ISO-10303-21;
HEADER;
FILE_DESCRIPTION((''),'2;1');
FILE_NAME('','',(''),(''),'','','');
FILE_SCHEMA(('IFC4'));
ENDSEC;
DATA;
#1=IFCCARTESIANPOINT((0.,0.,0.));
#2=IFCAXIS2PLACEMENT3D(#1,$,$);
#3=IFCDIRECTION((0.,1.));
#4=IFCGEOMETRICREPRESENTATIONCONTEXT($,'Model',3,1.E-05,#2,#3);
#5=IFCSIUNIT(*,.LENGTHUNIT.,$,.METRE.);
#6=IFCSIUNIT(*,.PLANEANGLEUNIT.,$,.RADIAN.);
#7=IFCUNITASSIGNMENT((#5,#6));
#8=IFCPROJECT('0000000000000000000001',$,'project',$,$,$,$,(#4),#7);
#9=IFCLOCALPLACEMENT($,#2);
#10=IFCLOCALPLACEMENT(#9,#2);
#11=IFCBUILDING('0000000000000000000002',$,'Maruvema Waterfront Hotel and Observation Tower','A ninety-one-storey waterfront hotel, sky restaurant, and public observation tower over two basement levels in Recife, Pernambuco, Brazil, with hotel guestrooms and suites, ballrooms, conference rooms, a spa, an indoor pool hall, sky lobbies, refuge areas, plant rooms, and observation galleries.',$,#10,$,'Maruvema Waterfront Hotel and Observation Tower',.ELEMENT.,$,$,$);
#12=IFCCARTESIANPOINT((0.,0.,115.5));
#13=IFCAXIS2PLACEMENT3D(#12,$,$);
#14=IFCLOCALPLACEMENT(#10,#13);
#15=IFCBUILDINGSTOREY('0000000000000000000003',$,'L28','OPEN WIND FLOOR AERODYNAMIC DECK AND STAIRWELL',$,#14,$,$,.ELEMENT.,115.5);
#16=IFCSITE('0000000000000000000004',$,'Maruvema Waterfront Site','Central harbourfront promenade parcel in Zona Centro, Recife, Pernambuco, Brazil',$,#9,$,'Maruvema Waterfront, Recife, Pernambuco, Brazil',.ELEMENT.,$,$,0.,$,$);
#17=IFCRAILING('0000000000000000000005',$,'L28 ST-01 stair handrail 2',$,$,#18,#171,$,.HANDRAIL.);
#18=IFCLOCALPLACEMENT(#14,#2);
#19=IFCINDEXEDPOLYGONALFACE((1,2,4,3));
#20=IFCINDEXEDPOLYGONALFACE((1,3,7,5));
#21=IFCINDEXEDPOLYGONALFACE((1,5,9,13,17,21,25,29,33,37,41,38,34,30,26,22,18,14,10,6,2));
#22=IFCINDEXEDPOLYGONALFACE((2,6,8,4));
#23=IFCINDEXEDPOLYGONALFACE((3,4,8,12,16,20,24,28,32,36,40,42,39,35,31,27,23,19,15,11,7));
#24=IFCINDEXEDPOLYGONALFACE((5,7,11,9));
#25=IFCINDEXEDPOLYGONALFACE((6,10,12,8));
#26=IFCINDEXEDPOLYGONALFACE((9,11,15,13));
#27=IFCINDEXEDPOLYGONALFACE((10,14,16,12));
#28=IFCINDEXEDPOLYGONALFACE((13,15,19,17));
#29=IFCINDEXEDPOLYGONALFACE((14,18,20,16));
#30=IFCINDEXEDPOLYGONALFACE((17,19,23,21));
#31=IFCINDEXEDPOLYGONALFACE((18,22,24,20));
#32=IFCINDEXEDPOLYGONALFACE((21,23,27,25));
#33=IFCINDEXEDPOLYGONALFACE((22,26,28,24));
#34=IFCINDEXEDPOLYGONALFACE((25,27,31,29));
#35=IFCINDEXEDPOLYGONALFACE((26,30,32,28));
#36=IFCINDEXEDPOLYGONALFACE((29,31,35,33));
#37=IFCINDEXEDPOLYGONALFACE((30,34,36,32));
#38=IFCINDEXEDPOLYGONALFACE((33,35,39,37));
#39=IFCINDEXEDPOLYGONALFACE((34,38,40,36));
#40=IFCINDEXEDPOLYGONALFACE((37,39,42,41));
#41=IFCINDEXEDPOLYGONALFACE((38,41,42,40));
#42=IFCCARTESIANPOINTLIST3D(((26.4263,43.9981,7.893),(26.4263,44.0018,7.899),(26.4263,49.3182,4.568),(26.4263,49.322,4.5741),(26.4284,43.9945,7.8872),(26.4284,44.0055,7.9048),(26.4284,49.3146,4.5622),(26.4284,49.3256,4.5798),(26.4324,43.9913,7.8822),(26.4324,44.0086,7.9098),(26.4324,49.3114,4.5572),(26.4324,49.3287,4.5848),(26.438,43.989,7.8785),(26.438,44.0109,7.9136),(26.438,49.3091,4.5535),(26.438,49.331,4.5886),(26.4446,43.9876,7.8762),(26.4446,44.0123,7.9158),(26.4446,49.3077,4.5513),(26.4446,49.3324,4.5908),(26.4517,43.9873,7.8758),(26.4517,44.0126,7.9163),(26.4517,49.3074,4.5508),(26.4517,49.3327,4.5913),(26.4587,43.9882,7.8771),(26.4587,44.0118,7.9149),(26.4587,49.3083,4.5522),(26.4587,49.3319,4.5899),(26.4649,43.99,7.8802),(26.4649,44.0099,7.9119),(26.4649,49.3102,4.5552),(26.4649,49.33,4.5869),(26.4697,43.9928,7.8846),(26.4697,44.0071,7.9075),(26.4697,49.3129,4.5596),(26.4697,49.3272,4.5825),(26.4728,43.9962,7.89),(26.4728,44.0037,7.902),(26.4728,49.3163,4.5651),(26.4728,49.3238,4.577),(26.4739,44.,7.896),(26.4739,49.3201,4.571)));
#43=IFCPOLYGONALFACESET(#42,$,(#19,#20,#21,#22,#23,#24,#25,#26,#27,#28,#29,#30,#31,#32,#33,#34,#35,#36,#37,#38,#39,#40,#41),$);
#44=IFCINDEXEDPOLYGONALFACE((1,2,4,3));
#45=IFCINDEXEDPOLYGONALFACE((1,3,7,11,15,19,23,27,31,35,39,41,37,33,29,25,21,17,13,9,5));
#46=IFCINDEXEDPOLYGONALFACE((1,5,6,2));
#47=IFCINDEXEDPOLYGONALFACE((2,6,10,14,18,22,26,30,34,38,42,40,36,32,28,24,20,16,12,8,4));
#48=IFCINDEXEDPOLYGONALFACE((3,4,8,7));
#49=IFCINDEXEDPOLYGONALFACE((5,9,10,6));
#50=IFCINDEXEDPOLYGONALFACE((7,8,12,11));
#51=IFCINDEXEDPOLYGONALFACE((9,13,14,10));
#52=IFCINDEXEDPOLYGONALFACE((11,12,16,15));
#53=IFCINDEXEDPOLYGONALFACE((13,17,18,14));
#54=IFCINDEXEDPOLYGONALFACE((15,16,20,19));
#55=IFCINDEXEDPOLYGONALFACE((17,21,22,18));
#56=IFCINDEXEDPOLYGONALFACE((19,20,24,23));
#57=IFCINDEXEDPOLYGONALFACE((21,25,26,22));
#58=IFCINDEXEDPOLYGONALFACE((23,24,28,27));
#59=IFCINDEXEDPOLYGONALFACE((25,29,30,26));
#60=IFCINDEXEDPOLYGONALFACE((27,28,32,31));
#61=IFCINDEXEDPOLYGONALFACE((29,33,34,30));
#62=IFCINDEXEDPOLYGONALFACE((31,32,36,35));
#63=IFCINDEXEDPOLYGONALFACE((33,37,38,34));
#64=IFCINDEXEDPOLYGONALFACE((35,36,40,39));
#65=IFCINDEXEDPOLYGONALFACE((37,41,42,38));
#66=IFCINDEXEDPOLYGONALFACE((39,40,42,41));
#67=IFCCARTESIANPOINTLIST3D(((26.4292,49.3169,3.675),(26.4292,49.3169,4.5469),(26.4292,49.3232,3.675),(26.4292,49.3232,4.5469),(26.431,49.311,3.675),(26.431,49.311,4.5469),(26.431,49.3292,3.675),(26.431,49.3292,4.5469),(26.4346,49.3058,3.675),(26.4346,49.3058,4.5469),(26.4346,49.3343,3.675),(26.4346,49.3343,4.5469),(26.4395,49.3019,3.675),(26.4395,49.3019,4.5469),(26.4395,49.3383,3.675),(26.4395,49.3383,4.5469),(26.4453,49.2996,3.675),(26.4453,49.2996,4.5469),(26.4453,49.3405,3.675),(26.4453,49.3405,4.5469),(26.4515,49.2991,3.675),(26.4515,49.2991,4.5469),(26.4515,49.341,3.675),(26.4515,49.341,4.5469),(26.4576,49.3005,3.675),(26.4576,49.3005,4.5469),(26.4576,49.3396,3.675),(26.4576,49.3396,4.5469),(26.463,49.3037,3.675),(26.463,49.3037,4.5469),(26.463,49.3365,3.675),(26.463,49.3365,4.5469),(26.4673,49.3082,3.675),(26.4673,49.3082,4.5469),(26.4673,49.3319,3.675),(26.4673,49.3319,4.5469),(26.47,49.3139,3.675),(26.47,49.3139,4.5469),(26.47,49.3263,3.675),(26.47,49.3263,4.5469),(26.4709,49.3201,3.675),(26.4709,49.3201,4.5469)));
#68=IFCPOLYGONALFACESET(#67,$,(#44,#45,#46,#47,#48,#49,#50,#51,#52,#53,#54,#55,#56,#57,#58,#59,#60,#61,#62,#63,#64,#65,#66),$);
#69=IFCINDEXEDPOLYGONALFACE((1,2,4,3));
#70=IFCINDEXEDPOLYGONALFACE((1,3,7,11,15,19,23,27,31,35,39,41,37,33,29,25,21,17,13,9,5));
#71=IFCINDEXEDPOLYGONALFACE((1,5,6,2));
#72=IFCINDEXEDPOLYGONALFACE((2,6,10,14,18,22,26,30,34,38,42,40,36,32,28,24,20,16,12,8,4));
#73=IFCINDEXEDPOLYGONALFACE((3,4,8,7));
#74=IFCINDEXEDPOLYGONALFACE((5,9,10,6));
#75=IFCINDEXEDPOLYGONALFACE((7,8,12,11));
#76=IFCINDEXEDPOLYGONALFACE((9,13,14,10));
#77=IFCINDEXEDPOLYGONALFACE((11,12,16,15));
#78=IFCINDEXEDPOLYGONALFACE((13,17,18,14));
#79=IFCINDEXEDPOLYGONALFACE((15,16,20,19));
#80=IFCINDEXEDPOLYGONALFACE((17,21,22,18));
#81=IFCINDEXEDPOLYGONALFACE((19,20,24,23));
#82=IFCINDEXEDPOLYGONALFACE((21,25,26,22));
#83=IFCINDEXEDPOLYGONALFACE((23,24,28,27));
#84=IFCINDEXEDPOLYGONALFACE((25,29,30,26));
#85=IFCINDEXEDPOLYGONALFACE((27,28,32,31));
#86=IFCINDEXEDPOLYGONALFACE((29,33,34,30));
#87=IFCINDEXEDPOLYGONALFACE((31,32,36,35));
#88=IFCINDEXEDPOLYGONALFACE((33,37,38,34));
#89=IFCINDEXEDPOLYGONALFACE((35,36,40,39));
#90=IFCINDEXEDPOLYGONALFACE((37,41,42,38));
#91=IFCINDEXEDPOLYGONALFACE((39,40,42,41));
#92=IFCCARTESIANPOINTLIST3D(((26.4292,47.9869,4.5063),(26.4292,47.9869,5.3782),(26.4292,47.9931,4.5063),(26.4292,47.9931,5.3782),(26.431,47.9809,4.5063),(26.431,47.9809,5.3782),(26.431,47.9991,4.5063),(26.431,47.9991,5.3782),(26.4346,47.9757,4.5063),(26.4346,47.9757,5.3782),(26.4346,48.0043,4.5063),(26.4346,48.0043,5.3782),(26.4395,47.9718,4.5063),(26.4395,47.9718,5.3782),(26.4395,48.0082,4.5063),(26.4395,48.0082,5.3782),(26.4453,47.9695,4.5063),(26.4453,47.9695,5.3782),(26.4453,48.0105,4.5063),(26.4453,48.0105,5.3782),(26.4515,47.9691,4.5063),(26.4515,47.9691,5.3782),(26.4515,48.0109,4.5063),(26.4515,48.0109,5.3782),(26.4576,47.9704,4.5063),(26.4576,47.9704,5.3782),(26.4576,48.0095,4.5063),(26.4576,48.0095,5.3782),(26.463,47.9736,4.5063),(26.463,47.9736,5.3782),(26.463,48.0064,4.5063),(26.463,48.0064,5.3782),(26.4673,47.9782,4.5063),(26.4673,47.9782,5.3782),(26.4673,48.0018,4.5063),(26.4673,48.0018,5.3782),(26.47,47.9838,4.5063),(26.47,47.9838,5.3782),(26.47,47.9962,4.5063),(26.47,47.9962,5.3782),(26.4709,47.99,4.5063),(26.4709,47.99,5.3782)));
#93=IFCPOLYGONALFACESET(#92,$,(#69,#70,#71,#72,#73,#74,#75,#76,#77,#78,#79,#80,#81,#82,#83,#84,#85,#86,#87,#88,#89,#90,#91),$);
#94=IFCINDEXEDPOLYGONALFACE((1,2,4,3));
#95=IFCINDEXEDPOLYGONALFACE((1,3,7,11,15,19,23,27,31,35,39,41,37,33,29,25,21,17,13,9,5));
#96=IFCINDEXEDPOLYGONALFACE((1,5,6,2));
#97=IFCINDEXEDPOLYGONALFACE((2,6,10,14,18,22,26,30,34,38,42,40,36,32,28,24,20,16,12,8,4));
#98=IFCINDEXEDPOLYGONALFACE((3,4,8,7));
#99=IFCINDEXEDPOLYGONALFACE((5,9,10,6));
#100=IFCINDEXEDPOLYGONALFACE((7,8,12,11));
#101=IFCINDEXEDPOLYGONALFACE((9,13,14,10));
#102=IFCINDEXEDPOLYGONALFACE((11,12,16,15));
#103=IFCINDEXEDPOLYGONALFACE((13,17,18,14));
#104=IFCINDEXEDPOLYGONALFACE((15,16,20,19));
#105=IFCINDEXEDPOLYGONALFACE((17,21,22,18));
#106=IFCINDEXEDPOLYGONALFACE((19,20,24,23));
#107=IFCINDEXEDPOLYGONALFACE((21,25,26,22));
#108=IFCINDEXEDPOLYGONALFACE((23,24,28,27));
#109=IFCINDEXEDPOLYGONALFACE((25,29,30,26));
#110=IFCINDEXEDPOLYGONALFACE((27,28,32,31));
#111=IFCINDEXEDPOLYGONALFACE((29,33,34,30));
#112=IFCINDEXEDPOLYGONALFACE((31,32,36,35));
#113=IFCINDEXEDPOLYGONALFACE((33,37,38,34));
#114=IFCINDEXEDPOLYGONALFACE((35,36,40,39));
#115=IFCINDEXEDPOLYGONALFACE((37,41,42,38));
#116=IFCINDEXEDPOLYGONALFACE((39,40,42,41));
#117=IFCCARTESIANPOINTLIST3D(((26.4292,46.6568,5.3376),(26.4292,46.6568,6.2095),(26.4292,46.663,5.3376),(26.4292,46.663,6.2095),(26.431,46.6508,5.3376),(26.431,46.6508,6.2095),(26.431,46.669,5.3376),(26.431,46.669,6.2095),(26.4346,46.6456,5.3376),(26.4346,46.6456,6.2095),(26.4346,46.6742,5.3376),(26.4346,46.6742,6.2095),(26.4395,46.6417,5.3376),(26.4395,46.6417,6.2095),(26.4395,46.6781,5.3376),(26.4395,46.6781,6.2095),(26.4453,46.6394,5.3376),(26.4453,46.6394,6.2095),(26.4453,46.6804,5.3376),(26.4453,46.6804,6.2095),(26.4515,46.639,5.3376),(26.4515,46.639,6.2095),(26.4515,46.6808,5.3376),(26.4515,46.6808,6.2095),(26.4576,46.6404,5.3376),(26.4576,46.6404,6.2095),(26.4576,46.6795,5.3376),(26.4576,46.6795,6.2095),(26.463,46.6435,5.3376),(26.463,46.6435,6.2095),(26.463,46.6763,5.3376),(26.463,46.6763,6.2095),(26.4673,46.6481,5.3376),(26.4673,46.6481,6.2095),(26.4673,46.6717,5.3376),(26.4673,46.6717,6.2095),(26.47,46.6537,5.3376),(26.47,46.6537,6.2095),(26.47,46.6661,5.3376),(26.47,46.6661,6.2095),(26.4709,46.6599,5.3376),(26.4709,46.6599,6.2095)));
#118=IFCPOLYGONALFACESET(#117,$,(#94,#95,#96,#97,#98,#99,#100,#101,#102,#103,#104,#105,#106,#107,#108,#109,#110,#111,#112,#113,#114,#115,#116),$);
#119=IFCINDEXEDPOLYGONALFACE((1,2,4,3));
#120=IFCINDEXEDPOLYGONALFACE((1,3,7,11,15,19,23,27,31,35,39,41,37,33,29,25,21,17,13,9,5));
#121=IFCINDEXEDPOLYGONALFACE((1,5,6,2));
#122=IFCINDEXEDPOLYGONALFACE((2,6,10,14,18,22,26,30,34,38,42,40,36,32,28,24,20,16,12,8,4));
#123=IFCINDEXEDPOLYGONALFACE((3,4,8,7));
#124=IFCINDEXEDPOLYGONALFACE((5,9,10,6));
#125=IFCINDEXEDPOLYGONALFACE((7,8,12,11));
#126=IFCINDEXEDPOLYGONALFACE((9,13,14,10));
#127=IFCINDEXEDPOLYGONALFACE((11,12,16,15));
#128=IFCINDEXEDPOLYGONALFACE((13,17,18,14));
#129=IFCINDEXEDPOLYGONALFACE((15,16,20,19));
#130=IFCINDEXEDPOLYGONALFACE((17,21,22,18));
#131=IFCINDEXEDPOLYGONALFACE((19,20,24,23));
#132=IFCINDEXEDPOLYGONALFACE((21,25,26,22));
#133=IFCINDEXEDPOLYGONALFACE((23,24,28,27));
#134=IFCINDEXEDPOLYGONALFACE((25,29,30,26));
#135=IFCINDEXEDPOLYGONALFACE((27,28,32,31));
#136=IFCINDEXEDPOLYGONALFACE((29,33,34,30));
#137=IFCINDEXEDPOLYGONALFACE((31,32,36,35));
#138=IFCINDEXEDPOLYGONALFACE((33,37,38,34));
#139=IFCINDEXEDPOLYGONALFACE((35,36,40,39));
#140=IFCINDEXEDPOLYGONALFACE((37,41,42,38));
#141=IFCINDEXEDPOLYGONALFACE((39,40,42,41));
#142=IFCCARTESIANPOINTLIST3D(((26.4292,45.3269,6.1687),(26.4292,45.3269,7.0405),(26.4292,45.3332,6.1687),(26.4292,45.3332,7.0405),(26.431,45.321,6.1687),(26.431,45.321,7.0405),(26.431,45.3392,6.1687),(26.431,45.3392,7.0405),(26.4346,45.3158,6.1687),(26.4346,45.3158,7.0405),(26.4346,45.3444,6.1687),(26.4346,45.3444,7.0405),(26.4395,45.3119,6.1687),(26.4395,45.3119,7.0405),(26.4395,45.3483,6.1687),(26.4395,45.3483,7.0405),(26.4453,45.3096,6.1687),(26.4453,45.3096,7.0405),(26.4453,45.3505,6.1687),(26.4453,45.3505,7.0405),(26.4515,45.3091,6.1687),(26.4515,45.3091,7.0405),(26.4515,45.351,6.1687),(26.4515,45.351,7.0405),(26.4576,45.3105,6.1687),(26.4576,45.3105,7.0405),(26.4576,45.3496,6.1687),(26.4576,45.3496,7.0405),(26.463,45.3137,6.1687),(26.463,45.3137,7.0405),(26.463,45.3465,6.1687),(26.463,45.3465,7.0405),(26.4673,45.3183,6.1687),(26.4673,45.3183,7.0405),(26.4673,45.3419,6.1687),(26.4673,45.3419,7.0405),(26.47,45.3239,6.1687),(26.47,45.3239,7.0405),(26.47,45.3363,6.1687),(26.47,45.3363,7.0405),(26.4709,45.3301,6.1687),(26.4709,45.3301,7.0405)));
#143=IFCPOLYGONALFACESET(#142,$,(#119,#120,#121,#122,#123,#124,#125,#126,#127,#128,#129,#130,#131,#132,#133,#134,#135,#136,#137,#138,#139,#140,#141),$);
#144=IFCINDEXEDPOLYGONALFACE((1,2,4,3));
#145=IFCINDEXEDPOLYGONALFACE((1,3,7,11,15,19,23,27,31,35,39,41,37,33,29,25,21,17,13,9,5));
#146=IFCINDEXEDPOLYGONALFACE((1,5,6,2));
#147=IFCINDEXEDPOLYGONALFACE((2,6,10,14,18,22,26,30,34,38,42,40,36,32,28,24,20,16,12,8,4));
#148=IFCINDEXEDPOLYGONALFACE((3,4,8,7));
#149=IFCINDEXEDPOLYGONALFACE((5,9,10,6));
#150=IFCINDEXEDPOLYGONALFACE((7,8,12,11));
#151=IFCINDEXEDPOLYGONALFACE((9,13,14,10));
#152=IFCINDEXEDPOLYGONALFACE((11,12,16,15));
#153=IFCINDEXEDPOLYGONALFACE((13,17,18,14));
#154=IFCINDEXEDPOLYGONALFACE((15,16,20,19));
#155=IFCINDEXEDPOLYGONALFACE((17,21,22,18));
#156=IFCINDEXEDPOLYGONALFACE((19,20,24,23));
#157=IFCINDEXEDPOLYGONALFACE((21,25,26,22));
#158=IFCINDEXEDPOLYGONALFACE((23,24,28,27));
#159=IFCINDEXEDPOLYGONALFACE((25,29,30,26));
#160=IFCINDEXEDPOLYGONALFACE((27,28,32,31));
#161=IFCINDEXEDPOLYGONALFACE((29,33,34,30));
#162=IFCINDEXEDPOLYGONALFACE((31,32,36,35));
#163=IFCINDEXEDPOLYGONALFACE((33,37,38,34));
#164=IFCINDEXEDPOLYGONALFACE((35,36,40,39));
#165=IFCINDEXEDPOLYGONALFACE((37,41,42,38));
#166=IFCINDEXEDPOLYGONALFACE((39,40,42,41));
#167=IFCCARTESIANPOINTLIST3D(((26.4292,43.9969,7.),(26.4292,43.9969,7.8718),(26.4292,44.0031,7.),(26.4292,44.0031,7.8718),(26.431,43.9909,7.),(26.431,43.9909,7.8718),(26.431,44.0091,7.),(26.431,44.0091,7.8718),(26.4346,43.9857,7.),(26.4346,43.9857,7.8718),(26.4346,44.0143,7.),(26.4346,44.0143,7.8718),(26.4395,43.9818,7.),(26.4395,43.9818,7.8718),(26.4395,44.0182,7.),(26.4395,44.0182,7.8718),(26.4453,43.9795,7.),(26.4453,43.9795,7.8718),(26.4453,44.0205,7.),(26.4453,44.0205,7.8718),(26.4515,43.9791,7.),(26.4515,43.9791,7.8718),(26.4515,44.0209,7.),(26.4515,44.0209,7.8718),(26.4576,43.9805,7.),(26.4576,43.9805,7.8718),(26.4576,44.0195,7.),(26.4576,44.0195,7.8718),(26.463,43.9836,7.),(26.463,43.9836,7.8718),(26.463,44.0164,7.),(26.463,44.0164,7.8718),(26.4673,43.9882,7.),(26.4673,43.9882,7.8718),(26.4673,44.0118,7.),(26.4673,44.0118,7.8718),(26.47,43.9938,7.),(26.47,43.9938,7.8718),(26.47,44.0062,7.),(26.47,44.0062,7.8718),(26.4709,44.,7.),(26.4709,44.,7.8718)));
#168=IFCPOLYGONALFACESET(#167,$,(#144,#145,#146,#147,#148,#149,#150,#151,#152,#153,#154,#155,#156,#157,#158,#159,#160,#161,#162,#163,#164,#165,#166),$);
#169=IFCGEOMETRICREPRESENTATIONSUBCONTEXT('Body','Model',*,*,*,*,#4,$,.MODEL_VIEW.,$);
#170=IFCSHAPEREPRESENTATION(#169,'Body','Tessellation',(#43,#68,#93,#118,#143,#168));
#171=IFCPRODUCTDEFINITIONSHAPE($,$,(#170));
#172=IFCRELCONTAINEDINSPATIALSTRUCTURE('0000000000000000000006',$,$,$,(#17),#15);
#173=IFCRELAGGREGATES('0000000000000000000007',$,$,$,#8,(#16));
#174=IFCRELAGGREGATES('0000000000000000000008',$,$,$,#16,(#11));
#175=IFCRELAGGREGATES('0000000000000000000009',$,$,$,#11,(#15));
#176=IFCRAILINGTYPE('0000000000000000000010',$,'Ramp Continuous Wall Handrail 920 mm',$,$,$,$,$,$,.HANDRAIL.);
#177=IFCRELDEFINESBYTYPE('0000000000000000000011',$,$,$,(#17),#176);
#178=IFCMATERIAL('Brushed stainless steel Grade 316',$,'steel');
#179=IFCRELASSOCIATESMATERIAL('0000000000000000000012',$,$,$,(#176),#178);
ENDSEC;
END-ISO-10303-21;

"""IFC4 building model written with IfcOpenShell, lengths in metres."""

from ifc_helpers import new_model, si_unit, direction, frame, origin, origin_2d, place, context, subcontext, project, spatial, circle, extrude, material, type_object, element, save


model = new_model("IFC4")

# Units and contexts
model_context = context("Model", 3, precision=1e-05, world=origin(), true_north=direction((0.0, 1.0)))
body_context = subcontext(model_context, "Body", "Model", "MODEL_VIEW")
ifc_project = project(units=[si_unit("LENGTHUNIT", "METRE"), si_unit("PLANEANGLEUNIT", "RADIAN")], contexts=[model_context])

# Site, building, storey
site_placement = place(None, origin())
site = spatial("IfcSite", under=ifc_project, at=site_placement, Name="Maruvema Waterfront Site", Description="Central harbourfront promenade parcel in Zona Centro, Recife, Pernambuco, Brazil", LongName="Maruvema Waterfront, Recife, Pernambuco, Brazil", CompositionType="ELEMENT", RefElevation=0.0)
building_placement = place(site_placement, origin())
building = spatial("IfcBuilding", under=site, at=building_placement, Name="Maruvema Waterfront Hotel and Observation Tower", Description="A ninety-one-storey waterfront hotel, sky restaurant, and public observation tower over two basement levels in Recife, Pernambuco, Brazil, with hotel guestrooms and suites, ballrooms, conference rooms, a spa, an indoor pool hall, sky lobbies, refuge areas, plant rooms, and observation galleries.", LongName="Maruvema Waterfront Hotel and Observation Tower", CompositionType="ELEMENT")
storey_placement = place(building_placement, frame((0.0, 0.0, 115.5)))
storey = spatial("IfcBuildingStorey", under=building, at=storey_placement, Name="L28", Description="OPEN WIND FLOOR AERODYNAMIC DECK AND STAIRWELL", CompositionType="ELEMENT", Elevation=115.5)

# Railing
ifc_material_1 = material(Name="Brushed stainless steel Grade 316", Category="steel")
railing_type_1 = type_object("IfcRailingType", Name="Ramp Continuous Wall Handrail 920 mm", PredefinedType="HANDRAIL", material=ifc_material_1)
railing_1_placement = place(storey_placement, frame((26.45, 49.3201, 3.675)))
element("IfcRailing", 1, at=railing_1_placement, inside=storey, type_object=railing_type_1, Name="L28 ST-01 stair handrail 2", PredefinedType="HANDRAIL", context=body_context, shape_type="SweptSolid", body=[
    extrude(circle(Radius=0.0239, at=origin_2d()), frame((0.0, 0.0, 0.896), z_axis=(0.0, -0.848005, 0.529988), x_axis=(1.0, 0.0, 0.0)), (0.0, 0.0, 1.0), 6.2737),
    extrude(circle(Radius=0.021, at=origin_2d()), origin(), (0.0, 0.0, 1.0), 0.8718),
    extrude(circle(Radius=0.021, at=origin_2d()), frame((0.0, -1.3301, 0.8313)), (0.0, 0.0, 1.0), 0.8718),
    extrude(circle(Radius=0.021, at=origin_2d()), frame((0.0, -2.6602, 1.6626)), (0.0, 0.0, 1.0), 0.8718),
    extrude(circle(Radius=0.021, at=origin_2d()), frame((0.0, -3.99, 2.4937)), (0.0, 0.0, 1.0), 0.8718),
    extrude(circle(Radius=0.021, at=origin_2d()), frame((0.0, -5.3201, 3.325)), (0.0, 0.0, 1.0), 0.8718),
])

save(model, "model.ifc")
